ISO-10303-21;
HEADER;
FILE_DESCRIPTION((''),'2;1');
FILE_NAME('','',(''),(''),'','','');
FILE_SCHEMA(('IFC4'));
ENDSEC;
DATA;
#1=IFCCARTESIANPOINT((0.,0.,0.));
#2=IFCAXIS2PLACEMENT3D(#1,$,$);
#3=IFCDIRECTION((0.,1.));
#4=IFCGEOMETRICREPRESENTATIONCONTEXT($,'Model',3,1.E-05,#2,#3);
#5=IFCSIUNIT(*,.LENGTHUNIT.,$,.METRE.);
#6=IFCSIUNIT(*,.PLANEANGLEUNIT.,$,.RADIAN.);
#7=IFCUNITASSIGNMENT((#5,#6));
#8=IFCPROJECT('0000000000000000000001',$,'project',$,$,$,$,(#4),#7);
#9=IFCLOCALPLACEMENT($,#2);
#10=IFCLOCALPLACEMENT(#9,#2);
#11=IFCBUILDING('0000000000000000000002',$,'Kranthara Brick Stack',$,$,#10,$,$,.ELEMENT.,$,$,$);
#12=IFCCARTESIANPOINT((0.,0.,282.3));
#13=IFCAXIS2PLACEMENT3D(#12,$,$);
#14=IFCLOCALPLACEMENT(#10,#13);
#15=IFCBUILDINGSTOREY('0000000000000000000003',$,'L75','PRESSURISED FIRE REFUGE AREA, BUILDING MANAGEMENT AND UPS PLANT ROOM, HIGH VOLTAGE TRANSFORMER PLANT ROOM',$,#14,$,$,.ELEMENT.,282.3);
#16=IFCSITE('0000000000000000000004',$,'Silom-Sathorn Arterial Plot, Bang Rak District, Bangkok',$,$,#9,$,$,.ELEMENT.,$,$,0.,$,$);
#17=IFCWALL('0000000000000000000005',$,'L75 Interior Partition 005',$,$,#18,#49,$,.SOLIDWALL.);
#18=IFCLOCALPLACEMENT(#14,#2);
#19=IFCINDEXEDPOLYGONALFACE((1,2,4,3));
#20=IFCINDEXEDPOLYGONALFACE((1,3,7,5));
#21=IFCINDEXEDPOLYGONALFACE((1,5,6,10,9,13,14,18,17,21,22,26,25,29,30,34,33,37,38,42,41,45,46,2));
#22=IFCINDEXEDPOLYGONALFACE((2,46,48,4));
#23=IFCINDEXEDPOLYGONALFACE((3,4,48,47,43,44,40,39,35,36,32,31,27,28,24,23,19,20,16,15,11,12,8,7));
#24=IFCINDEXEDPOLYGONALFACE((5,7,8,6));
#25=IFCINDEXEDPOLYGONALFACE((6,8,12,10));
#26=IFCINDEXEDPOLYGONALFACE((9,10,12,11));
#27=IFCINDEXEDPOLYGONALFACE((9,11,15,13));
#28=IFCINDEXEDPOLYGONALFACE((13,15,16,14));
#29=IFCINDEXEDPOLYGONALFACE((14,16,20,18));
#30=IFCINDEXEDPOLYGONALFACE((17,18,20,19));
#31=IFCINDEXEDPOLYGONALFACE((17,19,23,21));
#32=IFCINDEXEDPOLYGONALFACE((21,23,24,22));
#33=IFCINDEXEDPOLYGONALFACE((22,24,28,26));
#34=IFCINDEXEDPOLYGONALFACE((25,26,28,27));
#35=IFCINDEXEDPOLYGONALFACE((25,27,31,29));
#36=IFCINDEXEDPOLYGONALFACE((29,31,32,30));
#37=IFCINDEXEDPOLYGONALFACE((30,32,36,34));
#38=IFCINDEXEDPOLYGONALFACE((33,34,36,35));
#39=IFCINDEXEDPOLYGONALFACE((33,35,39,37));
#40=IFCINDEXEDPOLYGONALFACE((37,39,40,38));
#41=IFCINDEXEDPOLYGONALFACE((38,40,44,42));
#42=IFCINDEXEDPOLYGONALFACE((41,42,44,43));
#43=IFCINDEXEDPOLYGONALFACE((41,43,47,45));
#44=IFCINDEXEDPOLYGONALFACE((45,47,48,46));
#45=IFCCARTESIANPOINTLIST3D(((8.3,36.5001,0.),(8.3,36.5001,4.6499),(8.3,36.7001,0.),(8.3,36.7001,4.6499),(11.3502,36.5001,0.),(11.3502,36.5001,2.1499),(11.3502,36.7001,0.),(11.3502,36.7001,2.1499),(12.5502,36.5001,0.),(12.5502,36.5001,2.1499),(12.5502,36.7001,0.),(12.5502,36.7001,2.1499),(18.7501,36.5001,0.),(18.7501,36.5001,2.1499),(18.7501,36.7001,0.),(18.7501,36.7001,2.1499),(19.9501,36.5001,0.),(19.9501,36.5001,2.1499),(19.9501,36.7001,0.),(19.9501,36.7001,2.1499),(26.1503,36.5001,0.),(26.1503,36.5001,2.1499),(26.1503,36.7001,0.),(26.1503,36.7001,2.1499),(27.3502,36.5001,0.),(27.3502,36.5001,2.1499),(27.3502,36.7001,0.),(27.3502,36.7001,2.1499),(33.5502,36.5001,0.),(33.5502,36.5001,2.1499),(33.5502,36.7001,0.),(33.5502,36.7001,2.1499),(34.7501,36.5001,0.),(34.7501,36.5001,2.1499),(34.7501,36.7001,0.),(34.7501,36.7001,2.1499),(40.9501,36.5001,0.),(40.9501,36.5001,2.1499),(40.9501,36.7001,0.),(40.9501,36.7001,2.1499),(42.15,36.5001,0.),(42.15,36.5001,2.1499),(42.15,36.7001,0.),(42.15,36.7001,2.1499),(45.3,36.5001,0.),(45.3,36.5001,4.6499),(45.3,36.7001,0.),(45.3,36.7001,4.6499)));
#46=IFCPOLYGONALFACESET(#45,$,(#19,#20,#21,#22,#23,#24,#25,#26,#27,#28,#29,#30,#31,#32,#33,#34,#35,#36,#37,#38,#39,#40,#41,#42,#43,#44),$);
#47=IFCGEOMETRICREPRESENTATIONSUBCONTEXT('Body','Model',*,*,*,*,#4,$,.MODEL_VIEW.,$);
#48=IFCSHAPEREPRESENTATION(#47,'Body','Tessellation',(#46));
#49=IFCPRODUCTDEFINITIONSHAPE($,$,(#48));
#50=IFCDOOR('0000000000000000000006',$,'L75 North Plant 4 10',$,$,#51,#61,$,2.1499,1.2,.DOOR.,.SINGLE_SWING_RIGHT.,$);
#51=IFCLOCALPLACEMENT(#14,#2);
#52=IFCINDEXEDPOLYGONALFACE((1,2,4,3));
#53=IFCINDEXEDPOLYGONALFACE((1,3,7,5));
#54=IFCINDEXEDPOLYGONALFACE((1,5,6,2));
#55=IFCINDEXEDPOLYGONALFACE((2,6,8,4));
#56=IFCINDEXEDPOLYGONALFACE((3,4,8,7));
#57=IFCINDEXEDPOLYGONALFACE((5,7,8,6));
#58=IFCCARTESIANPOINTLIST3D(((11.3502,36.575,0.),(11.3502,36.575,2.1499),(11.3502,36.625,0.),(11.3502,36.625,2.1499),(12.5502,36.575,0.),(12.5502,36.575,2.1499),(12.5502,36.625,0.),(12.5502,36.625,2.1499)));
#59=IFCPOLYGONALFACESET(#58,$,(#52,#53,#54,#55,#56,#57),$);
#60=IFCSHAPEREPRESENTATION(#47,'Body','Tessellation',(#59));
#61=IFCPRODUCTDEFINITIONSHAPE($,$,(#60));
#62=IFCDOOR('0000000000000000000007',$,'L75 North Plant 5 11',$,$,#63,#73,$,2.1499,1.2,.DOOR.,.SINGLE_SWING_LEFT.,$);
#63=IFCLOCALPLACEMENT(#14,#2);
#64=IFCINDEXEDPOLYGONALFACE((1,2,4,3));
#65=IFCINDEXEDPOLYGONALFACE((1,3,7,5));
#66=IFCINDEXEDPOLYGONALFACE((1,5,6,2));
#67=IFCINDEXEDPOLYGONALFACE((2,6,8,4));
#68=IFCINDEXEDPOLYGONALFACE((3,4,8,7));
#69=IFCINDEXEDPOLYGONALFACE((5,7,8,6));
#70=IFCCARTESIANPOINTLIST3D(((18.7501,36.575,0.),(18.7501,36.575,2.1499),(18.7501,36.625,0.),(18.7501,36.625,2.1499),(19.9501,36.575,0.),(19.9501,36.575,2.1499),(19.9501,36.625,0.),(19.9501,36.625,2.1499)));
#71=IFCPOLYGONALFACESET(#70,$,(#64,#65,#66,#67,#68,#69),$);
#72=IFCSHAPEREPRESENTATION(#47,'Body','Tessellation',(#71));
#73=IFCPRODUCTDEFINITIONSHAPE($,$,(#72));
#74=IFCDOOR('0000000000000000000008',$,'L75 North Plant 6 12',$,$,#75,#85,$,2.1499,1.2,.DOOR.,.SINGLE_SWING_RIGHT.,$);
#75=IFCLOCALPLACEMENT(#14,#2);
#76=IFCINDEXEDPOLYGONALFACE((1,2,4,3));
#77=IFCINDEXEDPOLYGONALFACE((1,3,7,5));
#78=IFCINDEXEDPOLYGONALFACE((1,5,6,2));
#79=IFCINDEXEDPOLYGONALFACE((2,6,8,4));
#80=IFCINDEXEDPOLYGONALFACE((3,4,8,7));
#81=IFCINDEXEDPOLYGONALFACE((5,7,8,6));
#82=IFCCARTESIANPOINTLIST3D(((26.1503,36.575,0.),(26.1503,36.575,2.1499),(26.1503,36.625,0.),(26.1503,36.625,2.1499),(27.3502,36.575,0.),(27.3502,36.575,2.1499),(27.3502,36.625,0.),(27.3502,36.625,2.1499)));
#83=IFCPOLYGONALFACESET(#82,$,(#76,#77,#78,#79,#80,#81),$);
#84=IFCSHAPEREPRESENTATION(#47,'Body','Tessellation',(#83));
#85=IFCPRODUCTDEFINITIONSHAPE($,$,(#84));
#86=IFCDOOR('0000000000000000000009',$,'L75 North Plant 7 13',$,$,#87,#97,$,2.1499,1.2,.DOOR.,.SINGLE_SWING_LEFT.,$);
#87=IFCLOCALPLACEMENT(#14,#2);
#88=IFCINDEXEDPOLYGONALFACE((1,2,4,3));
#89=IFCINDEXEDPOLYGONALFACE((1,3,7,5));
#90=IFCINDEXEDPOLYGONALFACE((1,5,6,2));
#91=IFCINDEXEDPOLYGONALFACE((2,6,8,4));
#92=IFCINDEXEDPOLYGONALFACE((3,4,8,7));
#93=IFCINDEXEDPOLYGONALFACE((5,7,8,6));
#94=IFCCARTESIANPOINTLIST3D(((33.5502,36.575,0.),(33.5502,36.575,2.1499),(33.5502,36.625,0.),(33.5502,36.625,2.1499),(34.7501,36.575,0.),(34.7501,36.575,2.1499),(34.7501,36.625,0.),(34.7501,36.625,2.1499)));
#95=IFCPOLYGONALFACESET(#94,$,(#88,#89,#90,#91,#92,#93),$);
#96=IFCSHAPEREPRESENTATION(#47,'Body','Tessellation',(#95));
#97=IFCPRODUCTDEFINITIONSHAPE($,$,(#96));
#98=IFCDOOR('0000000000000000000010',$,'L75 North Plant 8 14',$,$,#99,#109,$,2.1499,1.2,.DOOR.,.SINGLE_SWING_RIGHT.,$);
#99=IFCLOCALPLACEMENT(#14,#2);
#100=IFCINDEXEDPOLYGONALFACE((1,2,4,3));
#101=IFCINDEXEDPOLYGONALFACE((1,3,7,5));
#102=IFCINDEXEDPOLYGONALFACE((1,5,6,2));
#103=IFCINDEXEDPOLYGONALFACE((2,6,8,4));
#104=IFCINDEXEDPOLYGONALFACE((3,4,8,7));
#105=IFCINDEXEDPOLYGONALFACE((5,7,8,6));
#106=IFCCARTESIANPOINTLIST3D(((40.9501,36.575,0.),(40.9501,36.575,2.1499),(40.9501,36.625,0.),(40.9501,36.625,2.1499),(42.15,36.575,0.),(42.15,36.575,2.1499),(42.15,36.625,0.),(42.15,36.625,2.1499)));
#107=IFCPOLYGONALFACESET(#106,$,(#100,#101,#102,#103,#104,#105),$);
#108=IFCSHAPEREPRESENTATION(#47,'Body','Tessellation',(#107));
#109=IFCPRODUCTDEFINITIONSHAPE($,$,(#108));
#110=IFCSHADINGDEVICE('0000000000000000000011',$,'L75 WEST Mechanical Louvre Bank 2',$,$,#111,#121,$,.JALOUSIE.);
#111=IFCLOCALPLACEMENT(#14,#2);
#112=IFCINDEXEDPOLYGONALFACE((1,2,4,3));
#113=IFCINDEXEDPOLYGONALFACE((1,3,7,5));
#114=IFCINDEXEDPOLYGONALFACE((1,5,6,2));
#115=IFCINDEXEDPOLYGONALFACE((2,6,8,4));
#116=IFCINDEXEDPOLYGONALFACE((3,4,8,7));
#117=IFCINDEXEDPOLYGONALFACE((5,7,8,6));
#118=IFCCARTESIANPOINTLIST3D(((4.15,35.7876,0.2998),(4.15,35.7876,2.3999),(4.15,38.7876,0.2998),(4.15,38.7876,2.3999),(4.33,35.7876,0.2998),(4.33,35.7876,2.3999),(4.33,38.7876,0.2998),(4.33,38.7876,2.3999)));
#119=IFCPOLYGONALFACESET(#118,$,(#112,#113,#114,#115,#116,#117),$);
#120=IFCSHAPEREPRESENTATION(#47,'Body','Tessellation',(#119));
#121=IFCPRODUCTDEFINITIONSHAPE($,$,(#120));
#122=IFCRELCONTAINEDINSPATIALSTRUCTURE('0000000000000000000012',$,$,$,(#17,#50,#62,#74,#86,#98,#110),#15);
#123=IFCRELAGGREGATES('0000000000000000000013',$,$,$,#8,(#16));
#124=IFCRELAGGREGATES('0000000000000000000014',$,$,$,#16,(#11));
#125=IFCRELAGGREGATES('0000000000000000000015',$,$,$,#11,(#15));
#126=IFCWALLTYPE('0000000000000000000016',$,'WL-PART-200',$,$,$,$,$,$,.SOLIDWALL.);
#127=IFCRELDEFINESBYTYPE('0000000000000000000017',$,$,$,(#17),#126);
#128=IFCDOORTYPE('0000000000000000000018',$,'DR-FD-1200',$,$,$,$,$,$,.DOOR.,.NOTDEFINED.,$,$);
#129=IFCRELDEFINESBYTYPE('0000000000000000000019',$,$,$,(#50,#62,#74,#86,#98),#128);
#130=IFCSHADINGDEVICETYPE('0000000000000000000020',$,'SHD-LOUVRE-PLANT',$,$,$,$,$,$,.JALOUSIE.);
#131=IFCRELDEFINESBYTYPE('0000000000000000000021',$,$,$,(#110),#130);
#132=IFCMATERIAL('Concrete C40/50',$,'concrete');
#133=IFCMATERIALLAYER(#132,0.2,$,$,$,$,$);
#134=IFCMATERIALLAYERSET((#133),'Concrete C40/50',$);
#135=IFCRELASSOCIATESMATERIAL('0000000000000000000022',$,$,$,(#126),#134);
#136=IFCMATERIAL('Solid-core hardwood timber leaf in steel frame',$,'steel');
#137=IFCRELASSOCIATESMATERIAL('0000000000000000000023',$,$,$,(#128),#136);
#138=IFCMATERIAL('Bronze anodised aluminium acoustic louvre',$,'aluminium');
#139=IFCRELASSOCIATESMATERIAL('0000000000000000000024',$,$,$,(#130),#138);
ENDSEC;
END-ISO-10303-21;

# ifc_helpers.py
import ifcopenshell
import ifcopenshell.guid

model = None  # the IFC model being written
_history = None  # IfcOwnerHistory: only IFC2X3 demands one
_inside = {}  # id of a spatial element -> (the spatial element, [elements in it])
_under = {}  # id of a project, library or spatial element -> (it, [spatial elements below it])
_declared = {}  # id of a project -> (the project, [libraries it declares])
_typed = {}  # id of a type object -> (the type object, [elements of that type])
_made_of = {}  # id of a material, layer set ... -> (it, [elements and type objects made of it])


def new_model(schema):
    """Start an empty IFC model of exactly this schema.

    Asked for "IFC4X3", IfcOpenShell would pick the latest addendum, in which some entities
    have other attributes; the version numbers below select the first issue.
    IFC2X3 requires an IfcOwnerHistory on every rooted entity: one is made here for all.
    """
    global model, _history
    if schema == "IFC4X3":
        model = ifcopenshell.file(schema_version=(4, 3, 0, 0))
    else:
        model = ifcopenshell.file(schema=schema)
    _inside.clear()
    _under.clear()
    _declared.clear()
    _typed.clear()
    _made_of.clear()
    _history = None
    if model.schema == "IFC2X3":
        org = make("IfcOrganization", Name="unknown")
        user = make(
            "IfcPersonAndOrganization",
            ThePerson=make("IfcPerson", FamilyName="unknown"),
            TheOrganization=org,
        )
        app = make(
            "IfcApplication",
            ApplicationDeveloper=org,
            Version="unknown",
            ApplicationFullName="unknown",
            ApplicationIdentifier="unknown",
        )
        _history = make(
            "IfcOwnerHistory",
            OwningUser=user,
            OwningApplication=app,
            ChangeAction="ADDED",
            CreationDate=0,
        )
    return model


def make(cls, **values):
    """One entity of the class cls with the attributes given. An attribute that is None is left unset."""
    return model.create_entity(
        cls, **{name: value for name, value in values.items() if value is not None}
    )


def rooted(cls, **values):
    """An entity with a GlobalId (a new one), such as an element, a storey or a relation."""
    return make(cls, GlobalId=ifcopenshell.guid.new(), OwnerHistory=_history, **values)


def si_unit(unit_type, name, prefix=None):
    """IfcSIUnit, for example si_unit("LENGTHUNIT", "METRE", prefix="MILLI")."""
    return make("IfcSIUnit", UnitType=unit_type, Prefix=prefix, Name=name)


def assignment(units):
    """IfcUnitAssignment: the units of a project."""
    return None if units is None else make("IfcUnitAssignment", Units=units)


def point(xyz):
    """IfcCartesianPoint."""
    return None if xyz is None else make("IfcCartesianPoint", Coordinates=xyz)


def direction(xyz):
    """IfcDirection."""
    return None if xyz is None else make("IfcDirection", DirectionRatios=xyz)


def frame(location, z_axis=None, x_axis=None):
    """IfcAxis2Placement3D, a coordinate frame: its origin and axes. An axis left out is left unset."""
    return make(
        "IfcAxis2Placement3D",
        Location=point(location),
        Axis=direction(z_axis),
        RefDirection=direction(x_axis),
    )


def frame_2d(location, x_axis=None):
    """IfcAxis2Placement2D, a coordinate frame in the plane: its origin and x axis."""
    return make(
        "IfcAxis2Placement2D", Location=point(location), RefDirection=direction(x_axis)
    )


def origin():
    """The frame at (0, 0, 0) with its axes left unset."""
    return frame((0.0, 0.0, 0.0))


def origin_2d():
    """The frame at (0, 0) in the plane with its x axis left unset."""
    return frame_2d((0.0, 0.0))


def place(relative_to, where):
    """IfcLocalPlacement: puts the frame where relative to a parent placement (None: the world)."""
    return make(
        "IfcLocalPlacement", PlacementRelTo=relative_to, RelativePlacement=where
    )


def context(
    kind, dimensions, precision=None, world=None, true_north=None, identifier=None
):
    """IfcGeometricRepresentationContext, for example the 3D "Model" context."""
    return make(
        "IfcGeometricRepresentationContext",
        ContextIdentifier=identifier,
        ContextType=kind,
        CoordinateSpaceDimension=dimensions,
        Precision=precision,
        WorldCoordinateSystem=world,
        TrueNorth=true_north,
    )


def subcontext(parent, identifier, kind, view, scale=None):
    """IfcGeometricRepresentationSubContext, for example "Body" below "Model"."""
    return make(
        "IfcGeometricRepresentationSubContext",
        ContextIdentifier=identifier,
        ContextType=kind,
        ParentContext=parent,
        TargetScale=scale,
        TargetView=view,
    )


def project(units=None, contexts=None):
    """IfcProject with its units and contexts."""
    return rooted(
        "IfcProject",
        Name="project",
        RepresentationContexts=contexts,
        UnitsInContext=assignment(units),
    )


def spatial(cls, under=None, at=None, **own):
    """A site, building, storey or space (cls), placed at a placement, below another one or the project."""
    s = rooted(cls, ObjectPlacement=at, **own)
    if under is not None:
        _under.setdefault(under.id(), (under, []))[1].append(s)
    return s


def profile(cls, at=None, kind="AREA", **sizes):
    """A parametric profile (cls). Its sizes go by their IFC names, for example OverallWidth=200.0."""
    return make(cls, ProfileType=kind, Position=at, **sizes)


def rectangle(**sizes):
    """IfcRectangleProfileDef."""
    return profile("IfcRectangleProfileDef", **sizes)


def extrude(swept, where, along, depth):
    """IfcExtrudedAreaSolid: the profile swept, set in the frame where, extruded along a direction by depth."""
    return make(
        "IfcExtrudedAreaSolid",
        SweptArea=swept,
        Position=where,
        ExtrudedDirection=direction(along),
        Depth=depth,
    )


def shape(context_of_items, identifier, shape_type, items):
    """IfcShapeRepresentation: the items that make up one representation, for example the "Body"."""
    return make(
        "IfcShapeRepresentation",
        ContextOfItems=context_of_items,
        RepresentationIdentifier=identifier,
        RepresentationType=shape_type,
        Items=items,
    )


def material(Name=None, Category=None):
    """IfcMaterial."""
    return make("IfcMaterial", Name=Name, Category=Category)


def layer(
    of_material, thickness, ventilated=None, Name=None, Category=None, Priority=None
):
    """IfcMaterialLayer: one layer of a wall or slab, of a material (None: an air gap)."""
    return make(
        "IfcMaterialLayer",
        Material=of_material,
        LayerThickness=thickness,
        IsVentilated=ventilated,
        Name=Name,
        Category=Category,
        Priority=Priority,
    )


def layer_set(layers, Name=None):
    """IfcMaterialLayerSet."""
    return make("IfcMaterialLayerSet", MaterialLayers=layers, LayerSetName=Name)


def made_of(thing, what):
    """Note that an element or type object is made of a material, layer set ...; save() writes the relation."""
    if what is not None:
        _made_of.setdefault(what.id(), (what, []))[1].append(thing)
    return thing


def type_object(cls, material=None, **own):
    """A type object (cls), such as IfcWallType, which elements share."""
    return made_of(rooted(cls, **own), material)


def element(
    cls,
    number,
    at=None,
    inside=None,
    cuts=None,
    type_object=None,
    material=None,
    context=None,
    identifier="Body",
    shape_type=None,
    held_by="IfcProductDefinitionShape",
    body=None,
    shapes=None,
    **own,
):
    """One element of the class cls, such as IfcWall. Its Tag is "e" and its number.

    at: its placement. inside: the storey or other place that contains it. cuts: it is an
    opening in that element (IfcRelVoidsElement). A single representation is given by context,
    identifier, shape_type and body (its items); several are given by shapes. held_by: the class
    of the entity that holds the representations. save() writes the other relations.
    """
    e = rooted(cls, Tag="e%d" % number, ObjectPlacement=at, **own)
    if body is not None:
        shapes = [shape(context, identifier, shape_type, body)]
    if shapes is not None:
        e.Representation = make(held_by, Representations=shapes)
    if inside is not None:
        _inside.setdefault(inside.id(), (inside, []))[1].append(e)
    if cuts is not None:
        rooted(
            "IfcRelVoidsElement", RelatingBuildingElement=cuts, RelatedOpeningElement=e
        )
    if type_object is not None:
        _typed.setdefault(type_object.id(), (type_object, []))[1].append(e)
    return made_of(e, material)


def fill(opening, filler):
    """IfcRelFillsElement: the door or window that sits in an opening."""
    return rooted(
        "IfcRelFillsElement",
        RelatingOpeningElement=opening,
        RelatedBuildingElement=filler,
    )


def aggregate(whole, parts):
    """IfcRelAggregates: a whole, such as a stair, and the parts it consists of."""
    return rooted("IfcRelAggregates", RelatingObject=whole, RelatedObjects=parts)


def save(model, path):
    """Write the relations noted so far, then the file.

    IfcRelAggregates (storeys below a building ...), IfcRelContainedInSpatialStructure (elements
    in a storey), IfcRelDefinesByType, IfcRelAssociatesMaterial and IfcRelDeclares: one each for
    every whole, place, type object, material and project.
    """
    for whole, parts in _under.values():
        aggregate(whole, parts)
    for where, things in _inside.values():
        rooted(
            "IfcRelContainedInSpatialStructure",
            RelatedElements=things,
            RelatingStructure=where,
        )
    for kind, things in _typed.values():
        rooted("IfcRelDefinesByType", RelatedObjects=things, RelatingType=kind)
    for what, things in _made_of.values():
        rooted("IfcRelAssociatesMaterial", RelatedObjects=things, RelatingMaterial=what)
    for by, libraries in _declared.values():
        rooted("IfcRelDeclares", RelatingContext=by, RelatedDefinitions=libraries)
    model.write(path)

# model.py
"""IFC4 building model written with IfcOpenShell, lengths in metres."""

from ifc_helpers import new_model, si_unit, direction, frame, frame_2d, origin, origin_2d, place, context, subcontext, project, spatial, rectangle, extrude, material, layer, layer_set, type_object, element, fill, save


model = new_model("IFC4")

# Units and contexts
model_context = context("Model", 3, precision=1e-05, world=origin(), true_north=direction((0.0, 1.0)))
body_context = subcontext(model_context, "Body", "Model", "MODEL_VIEW")
ifc_project = project(units=[si_unit("LENGTHUNIT", "METRE"), si_unit("PLANEANGLEUNIT", "RADIAN")], contexts=[model_context])

# Site, building, storey
site_placement = place(None, origin())
site = spatial("IfcSite", under=ifc_project, at=site_placement, Name="Silom-Sathorn Arterial Plot, Bang Rak District, Bangkok", CompositionType="ELEMENT", RefElevation=0.0)
building_placement = place(site_placement, origin())
building = spatial("IfcBuilding", under=site, at=building_placement, Name="Kranthara Brick Stack", CompositionType="ELEMENT")
storey_placement = place(building_placement, frame((0.0, 0.0, 282.3)))
storey = spatial("IfcBuildingStorey", under=building, at=storey_placement, Name="L75", Description="PRESSURISED FIRE REFUGE AREA, BUILDING MANAGEMENT AND UPS PLANT ROOM, HIGH VOLTAGE TRANSFORMER PLANT ROOM", CompositionType="ELEMENT", Elevation=282.3)

# Wall, openings, doors
ifc_material_1 = material(Name="Concrete C40/50", Category="concrete")
ifc_layer_1 = layer(ifc_material_1, 0.2)
ifc_layer_set_1 = layer_set([ifc_layer_1], Name="Concrete C40/50")
wall_type_1 = type_object("IfcWallType", Name="WL-PART-200", PredefinedType="SOLIDWALL", material=ifc_layer_set_1)
wall_1_placement = place(storey_placement, frame((8.3, 36.6001, 0.0), z_axis=(0.0, 0.0, 1.0), x_axis=(1.0, 0.0, 0.0)))
wall_1 = element("IfcWall", 1, at=wall_1_placement, inside=storey, type_object=wall_type_1, Name="L75 Interior Partition 005", PredefinedType="SOLIDWALL", context=body_context, shape_type="SweptSolid", body=[
    extrude(rectangle(XDim=37.0, YDim=0.2, at=frame_2d((18.5, 0.0))), origin(), (0.0, 0.0, 1.0), 4.6499),
])
opening_1_placement = place(wall_1_placement, frame((3.05, 0.0, 0.0)))
opening_1 = element("IfcOpeningElement", 2, at=opening_1_placement, cuts=wall_1, PredefinedType="OPENING", context=body_context, shape_type="SweptSolid", body=[
    extrude(rectangle(XDim=1.2, YDim=2.1499, at=frame_2d((0.6001, 1.075))), frame((0.0, 0.1099, 0.0), z_axis=(0.0, -1.0, 0.0), x_axis=(1.0, 0.0, 0.0)), (0.0, 0.0, 1.0), 0.22),
])
opening_2_placement = place(wall_1_placement, frame((10.45, 0.0, 0.0)))
opening_2 = element("IfcOpeningElement", 3, at=opening_2_placement, cuts=wall_1, PredefinedType="OPENING", context=body_context, shape_type="SweptSolid", body=[
    extrude(rectangle(XDim=1.2, YDim=2.1499, at=frame_2d((0.6001, 1.075))), frame((0.0, 0.1099, 0.0), z_axis=(0.0, -1.0, 0.0), x_axis=(1.0, 0.0, 0.0)), (0.0, 0.0, 1.0), 0.22),
])
opening_3_placement = place(wall_1_placement, frame((17.8501, 0.0, 0.0)))
opening_3 = element("IfcOpeningElement", 4, at=opening_3_placement, cuts=wall_1, PredefinedType="OPENING", context=body_context, shape_type="SweptSolid", body=[
    extrude(rectangle(XDim=1.2, YDim=2.1499, at=frame_2d((0.6001, 1.075))), frame((0.0, 0.1099, 0.0), z_axis=(0.0, -1.0, 0.0), x_axis=(1.0, 0.0, 0.0)), (0.0, 0.0, 1.0), 0.22),
])
opening_4_placement = place(wall_1_placement, frame((25.25, 0.0, 0.0)))
opening_4 = element("IfcOpeningElement", 5, at=opening_4_placement, cuts=wall_1, PredefinedType="OPENING", context=body_context, shape_type="SweptSolid", body=[
    extrude(rectangle(XDim=1.2, YDim=2.1499, at=frame_2d((0.6001, 1.075))), frame((0.0, 0.1099, 0.0), z_axis=(0.0, -1.0, 0.0), x_axis=(1.0, 0.0, 0.0)), (0.0, 0.0, 1.0), 0.22),
])
opening_5_placement = place(wall_1_placement, frame((32.6499, 0.0, 0.0)))
opening_5 = element("IfcOpeningElement", 6, at=opening_5_placement, cuts=wall_1, PredefinedType="OPENING", context=body_context, shape_type="SweptSolid", body=[
    extrude(rectangle(XDim=1.2, YDim=2.1499, at=frame_2d((0.6001, 1.075))), frame((0.0, 0.1099, 0.0), z_axis=(0.0, -1.0, 0.0), x_axis=(1.0, 0.0, 0.0)), (0.0, 0.0, 1.0), 0.22),
])
ifc_material_2 = material(Name="Solid-core hardwood timber leaf in steel frame", Category="steel")
door_type_1 = type_object("IfcDoorType", Name="DR-FD-1200", OperationType="NOTDEFINED", PredefinedType="DOOR", material=ifc_material_2)
door_1_placement = place(opening_1_placement, origin())
door_1 = element("IfcDoor", 7, at=door_1_placement, inside=storey, type_object=door_type_1, Name="L75 North Plant 4 10", OperationType="SINGLE_SWING_RIGHT", OverallHeight=2.1499, OverallWidth=1.2, PredefinedType="DOOR", context=body_context, shape_type="SweptSolid", body=[
    extrude(rectangle(XDim=1.2, YDim=2.1499, at=frame_2d((0.6001, 1.075))), frame((0.0, 0.0249, 0.0), z_axis=(0.0, -1.0, 0.0), x_axis=(1.0, 0.0, 0.0)), (0.0, 0.0, 1.0), 0.05),
])
fill(opening_1, door_1)
door_2_placement = place(opening_2_placement, origin())
door_2 = element("IfcDoor", 8, at=door_2_placement, inside=storey, type_object=door_type_1, Name="L75 North Plant 5 11", OperationType="SINGLE_SWING_LEFT", OverallHeight=2.1499, OverallWidth=1.2, PredefinedType="DOOR", context=body_context, shape_type="SweptSolid", body=[
    extrude(rectangle(XDim=1.2, YDim=2.1499, at=frame_2d((0.6001, 1.075))), frame((0.0, 0.0249, 0.0), z_axis=(0.0, -1.0, 0.0), x_axis=(1.0, 0.0, 0.0)), (0.0, 0.0, 1.0), 0.05),
])
fill(opening_2, door_2)
door_3_placement = place(opening_3_placement, origin())
door_3 = element("IfcDoor", 9, at=door_3_placement, inside=storey, type_object=door_type_1, Name="L75 North Plant 6 12", OperationType="SINGLE_SWING_RIGHT", OverallHeight=2.1499, OverallWidth=1.2, PredefinedType="DOOR", context=body_context, shape_type="SweptSolid", body=[
    extrude(rectangle(XDim=1.2, YDim=2.1499, at=frame_2d((0.6001, 1.075))), frame((0.0, 0.0249, 0.0), z_axis=(0.0, -1.0, 0.0), x_axis=(1.0, 0.0, 0.0)), (0.0, 0.0, 1.0), 0.05),
])
fill(opening_3, door_3)
door_4_placement = place(opening_4_placement, origin())
door_4 = element("IfcDoor", 10, at=door_4_placement, inside=storey, type_object=door_type_1, Name="L75 North Plant 7 13", OperationType="SINGLE_SWING_LEFT", OverallHeight=2.1499, OverallWidth=1.2, PredefinedType="DOOR", context=body_context, shape_type="SweptSolid", body=[
    extrude(rectangle(XDim=1.2, YDim=2.1499, at=frame_2d((0.6001, 1.075))), frame((0.0, 0.0249, 0.0), z_axis=(0.0, -1.0, 0.0), x_axis=(1.0, 0.0, 0.0)), (0.0, 0.0, 1.0), 0.05),
])
fill(opening_4, door_4)
door_5_placement = place(opening_5_placement, origin())
door_5 = element("IfcDoor", 11, at=door_5_placement, inside=storey, type_object=door_type_1, Name="L75 North Plant 8 14", OperationType="SINGLE_SWING_RIGHT", OverallHeight=2.1499, OverallWidth=1.2, PredefinedType="DOOR", context=body_context, shape_type="SweptSolid", body=[
    extrude(rectangle(XDim=1.2, YDim=2.1499, at=frame_2d((0.6001, 1.075))), frame((0.0, 0.0249, 0.0), z_axis=(0.0, -1.0, 0.0), x_axis=(1.0, 0.0, 0.0)), (0.0, 0.0, 1.0), 0.05),
])
fill(opening_5, door_5)

# Shading device
ifc_material_3 = material(Name="Bronze anodised aluminium acoustic louvre", Category="aluminium")
shading_device_type = type_object("IfcShadingDeviceType", Name="SHD-LOUVRE-PLANT", PredefinedType="JALOUSIE", material=ifc_material_3)
shading_device_placement = place(storey_placement, frame((4.24, 37.2876, 0.2998), z_axis=(0.0, 0.0, 1.0), x_axis=(0.0, 1.0, 0.0)))
element("IfcShadingDevice", 12, at=shading_device_placement, inside=storey, type_object=shading_device_type, Name="L75 WEST Mechanical Louvre Bank 2", PredefinedType="JALOUSIE", context=body_context, shape_type="SweptSolid", body=[
    extrude(rectangle(XDim=3.0, YDim=0.1799, at=origin_2d()), origin(), (0.0, 0.0, 1.0), 2.1001),
])

save(model, "model.ifc")
